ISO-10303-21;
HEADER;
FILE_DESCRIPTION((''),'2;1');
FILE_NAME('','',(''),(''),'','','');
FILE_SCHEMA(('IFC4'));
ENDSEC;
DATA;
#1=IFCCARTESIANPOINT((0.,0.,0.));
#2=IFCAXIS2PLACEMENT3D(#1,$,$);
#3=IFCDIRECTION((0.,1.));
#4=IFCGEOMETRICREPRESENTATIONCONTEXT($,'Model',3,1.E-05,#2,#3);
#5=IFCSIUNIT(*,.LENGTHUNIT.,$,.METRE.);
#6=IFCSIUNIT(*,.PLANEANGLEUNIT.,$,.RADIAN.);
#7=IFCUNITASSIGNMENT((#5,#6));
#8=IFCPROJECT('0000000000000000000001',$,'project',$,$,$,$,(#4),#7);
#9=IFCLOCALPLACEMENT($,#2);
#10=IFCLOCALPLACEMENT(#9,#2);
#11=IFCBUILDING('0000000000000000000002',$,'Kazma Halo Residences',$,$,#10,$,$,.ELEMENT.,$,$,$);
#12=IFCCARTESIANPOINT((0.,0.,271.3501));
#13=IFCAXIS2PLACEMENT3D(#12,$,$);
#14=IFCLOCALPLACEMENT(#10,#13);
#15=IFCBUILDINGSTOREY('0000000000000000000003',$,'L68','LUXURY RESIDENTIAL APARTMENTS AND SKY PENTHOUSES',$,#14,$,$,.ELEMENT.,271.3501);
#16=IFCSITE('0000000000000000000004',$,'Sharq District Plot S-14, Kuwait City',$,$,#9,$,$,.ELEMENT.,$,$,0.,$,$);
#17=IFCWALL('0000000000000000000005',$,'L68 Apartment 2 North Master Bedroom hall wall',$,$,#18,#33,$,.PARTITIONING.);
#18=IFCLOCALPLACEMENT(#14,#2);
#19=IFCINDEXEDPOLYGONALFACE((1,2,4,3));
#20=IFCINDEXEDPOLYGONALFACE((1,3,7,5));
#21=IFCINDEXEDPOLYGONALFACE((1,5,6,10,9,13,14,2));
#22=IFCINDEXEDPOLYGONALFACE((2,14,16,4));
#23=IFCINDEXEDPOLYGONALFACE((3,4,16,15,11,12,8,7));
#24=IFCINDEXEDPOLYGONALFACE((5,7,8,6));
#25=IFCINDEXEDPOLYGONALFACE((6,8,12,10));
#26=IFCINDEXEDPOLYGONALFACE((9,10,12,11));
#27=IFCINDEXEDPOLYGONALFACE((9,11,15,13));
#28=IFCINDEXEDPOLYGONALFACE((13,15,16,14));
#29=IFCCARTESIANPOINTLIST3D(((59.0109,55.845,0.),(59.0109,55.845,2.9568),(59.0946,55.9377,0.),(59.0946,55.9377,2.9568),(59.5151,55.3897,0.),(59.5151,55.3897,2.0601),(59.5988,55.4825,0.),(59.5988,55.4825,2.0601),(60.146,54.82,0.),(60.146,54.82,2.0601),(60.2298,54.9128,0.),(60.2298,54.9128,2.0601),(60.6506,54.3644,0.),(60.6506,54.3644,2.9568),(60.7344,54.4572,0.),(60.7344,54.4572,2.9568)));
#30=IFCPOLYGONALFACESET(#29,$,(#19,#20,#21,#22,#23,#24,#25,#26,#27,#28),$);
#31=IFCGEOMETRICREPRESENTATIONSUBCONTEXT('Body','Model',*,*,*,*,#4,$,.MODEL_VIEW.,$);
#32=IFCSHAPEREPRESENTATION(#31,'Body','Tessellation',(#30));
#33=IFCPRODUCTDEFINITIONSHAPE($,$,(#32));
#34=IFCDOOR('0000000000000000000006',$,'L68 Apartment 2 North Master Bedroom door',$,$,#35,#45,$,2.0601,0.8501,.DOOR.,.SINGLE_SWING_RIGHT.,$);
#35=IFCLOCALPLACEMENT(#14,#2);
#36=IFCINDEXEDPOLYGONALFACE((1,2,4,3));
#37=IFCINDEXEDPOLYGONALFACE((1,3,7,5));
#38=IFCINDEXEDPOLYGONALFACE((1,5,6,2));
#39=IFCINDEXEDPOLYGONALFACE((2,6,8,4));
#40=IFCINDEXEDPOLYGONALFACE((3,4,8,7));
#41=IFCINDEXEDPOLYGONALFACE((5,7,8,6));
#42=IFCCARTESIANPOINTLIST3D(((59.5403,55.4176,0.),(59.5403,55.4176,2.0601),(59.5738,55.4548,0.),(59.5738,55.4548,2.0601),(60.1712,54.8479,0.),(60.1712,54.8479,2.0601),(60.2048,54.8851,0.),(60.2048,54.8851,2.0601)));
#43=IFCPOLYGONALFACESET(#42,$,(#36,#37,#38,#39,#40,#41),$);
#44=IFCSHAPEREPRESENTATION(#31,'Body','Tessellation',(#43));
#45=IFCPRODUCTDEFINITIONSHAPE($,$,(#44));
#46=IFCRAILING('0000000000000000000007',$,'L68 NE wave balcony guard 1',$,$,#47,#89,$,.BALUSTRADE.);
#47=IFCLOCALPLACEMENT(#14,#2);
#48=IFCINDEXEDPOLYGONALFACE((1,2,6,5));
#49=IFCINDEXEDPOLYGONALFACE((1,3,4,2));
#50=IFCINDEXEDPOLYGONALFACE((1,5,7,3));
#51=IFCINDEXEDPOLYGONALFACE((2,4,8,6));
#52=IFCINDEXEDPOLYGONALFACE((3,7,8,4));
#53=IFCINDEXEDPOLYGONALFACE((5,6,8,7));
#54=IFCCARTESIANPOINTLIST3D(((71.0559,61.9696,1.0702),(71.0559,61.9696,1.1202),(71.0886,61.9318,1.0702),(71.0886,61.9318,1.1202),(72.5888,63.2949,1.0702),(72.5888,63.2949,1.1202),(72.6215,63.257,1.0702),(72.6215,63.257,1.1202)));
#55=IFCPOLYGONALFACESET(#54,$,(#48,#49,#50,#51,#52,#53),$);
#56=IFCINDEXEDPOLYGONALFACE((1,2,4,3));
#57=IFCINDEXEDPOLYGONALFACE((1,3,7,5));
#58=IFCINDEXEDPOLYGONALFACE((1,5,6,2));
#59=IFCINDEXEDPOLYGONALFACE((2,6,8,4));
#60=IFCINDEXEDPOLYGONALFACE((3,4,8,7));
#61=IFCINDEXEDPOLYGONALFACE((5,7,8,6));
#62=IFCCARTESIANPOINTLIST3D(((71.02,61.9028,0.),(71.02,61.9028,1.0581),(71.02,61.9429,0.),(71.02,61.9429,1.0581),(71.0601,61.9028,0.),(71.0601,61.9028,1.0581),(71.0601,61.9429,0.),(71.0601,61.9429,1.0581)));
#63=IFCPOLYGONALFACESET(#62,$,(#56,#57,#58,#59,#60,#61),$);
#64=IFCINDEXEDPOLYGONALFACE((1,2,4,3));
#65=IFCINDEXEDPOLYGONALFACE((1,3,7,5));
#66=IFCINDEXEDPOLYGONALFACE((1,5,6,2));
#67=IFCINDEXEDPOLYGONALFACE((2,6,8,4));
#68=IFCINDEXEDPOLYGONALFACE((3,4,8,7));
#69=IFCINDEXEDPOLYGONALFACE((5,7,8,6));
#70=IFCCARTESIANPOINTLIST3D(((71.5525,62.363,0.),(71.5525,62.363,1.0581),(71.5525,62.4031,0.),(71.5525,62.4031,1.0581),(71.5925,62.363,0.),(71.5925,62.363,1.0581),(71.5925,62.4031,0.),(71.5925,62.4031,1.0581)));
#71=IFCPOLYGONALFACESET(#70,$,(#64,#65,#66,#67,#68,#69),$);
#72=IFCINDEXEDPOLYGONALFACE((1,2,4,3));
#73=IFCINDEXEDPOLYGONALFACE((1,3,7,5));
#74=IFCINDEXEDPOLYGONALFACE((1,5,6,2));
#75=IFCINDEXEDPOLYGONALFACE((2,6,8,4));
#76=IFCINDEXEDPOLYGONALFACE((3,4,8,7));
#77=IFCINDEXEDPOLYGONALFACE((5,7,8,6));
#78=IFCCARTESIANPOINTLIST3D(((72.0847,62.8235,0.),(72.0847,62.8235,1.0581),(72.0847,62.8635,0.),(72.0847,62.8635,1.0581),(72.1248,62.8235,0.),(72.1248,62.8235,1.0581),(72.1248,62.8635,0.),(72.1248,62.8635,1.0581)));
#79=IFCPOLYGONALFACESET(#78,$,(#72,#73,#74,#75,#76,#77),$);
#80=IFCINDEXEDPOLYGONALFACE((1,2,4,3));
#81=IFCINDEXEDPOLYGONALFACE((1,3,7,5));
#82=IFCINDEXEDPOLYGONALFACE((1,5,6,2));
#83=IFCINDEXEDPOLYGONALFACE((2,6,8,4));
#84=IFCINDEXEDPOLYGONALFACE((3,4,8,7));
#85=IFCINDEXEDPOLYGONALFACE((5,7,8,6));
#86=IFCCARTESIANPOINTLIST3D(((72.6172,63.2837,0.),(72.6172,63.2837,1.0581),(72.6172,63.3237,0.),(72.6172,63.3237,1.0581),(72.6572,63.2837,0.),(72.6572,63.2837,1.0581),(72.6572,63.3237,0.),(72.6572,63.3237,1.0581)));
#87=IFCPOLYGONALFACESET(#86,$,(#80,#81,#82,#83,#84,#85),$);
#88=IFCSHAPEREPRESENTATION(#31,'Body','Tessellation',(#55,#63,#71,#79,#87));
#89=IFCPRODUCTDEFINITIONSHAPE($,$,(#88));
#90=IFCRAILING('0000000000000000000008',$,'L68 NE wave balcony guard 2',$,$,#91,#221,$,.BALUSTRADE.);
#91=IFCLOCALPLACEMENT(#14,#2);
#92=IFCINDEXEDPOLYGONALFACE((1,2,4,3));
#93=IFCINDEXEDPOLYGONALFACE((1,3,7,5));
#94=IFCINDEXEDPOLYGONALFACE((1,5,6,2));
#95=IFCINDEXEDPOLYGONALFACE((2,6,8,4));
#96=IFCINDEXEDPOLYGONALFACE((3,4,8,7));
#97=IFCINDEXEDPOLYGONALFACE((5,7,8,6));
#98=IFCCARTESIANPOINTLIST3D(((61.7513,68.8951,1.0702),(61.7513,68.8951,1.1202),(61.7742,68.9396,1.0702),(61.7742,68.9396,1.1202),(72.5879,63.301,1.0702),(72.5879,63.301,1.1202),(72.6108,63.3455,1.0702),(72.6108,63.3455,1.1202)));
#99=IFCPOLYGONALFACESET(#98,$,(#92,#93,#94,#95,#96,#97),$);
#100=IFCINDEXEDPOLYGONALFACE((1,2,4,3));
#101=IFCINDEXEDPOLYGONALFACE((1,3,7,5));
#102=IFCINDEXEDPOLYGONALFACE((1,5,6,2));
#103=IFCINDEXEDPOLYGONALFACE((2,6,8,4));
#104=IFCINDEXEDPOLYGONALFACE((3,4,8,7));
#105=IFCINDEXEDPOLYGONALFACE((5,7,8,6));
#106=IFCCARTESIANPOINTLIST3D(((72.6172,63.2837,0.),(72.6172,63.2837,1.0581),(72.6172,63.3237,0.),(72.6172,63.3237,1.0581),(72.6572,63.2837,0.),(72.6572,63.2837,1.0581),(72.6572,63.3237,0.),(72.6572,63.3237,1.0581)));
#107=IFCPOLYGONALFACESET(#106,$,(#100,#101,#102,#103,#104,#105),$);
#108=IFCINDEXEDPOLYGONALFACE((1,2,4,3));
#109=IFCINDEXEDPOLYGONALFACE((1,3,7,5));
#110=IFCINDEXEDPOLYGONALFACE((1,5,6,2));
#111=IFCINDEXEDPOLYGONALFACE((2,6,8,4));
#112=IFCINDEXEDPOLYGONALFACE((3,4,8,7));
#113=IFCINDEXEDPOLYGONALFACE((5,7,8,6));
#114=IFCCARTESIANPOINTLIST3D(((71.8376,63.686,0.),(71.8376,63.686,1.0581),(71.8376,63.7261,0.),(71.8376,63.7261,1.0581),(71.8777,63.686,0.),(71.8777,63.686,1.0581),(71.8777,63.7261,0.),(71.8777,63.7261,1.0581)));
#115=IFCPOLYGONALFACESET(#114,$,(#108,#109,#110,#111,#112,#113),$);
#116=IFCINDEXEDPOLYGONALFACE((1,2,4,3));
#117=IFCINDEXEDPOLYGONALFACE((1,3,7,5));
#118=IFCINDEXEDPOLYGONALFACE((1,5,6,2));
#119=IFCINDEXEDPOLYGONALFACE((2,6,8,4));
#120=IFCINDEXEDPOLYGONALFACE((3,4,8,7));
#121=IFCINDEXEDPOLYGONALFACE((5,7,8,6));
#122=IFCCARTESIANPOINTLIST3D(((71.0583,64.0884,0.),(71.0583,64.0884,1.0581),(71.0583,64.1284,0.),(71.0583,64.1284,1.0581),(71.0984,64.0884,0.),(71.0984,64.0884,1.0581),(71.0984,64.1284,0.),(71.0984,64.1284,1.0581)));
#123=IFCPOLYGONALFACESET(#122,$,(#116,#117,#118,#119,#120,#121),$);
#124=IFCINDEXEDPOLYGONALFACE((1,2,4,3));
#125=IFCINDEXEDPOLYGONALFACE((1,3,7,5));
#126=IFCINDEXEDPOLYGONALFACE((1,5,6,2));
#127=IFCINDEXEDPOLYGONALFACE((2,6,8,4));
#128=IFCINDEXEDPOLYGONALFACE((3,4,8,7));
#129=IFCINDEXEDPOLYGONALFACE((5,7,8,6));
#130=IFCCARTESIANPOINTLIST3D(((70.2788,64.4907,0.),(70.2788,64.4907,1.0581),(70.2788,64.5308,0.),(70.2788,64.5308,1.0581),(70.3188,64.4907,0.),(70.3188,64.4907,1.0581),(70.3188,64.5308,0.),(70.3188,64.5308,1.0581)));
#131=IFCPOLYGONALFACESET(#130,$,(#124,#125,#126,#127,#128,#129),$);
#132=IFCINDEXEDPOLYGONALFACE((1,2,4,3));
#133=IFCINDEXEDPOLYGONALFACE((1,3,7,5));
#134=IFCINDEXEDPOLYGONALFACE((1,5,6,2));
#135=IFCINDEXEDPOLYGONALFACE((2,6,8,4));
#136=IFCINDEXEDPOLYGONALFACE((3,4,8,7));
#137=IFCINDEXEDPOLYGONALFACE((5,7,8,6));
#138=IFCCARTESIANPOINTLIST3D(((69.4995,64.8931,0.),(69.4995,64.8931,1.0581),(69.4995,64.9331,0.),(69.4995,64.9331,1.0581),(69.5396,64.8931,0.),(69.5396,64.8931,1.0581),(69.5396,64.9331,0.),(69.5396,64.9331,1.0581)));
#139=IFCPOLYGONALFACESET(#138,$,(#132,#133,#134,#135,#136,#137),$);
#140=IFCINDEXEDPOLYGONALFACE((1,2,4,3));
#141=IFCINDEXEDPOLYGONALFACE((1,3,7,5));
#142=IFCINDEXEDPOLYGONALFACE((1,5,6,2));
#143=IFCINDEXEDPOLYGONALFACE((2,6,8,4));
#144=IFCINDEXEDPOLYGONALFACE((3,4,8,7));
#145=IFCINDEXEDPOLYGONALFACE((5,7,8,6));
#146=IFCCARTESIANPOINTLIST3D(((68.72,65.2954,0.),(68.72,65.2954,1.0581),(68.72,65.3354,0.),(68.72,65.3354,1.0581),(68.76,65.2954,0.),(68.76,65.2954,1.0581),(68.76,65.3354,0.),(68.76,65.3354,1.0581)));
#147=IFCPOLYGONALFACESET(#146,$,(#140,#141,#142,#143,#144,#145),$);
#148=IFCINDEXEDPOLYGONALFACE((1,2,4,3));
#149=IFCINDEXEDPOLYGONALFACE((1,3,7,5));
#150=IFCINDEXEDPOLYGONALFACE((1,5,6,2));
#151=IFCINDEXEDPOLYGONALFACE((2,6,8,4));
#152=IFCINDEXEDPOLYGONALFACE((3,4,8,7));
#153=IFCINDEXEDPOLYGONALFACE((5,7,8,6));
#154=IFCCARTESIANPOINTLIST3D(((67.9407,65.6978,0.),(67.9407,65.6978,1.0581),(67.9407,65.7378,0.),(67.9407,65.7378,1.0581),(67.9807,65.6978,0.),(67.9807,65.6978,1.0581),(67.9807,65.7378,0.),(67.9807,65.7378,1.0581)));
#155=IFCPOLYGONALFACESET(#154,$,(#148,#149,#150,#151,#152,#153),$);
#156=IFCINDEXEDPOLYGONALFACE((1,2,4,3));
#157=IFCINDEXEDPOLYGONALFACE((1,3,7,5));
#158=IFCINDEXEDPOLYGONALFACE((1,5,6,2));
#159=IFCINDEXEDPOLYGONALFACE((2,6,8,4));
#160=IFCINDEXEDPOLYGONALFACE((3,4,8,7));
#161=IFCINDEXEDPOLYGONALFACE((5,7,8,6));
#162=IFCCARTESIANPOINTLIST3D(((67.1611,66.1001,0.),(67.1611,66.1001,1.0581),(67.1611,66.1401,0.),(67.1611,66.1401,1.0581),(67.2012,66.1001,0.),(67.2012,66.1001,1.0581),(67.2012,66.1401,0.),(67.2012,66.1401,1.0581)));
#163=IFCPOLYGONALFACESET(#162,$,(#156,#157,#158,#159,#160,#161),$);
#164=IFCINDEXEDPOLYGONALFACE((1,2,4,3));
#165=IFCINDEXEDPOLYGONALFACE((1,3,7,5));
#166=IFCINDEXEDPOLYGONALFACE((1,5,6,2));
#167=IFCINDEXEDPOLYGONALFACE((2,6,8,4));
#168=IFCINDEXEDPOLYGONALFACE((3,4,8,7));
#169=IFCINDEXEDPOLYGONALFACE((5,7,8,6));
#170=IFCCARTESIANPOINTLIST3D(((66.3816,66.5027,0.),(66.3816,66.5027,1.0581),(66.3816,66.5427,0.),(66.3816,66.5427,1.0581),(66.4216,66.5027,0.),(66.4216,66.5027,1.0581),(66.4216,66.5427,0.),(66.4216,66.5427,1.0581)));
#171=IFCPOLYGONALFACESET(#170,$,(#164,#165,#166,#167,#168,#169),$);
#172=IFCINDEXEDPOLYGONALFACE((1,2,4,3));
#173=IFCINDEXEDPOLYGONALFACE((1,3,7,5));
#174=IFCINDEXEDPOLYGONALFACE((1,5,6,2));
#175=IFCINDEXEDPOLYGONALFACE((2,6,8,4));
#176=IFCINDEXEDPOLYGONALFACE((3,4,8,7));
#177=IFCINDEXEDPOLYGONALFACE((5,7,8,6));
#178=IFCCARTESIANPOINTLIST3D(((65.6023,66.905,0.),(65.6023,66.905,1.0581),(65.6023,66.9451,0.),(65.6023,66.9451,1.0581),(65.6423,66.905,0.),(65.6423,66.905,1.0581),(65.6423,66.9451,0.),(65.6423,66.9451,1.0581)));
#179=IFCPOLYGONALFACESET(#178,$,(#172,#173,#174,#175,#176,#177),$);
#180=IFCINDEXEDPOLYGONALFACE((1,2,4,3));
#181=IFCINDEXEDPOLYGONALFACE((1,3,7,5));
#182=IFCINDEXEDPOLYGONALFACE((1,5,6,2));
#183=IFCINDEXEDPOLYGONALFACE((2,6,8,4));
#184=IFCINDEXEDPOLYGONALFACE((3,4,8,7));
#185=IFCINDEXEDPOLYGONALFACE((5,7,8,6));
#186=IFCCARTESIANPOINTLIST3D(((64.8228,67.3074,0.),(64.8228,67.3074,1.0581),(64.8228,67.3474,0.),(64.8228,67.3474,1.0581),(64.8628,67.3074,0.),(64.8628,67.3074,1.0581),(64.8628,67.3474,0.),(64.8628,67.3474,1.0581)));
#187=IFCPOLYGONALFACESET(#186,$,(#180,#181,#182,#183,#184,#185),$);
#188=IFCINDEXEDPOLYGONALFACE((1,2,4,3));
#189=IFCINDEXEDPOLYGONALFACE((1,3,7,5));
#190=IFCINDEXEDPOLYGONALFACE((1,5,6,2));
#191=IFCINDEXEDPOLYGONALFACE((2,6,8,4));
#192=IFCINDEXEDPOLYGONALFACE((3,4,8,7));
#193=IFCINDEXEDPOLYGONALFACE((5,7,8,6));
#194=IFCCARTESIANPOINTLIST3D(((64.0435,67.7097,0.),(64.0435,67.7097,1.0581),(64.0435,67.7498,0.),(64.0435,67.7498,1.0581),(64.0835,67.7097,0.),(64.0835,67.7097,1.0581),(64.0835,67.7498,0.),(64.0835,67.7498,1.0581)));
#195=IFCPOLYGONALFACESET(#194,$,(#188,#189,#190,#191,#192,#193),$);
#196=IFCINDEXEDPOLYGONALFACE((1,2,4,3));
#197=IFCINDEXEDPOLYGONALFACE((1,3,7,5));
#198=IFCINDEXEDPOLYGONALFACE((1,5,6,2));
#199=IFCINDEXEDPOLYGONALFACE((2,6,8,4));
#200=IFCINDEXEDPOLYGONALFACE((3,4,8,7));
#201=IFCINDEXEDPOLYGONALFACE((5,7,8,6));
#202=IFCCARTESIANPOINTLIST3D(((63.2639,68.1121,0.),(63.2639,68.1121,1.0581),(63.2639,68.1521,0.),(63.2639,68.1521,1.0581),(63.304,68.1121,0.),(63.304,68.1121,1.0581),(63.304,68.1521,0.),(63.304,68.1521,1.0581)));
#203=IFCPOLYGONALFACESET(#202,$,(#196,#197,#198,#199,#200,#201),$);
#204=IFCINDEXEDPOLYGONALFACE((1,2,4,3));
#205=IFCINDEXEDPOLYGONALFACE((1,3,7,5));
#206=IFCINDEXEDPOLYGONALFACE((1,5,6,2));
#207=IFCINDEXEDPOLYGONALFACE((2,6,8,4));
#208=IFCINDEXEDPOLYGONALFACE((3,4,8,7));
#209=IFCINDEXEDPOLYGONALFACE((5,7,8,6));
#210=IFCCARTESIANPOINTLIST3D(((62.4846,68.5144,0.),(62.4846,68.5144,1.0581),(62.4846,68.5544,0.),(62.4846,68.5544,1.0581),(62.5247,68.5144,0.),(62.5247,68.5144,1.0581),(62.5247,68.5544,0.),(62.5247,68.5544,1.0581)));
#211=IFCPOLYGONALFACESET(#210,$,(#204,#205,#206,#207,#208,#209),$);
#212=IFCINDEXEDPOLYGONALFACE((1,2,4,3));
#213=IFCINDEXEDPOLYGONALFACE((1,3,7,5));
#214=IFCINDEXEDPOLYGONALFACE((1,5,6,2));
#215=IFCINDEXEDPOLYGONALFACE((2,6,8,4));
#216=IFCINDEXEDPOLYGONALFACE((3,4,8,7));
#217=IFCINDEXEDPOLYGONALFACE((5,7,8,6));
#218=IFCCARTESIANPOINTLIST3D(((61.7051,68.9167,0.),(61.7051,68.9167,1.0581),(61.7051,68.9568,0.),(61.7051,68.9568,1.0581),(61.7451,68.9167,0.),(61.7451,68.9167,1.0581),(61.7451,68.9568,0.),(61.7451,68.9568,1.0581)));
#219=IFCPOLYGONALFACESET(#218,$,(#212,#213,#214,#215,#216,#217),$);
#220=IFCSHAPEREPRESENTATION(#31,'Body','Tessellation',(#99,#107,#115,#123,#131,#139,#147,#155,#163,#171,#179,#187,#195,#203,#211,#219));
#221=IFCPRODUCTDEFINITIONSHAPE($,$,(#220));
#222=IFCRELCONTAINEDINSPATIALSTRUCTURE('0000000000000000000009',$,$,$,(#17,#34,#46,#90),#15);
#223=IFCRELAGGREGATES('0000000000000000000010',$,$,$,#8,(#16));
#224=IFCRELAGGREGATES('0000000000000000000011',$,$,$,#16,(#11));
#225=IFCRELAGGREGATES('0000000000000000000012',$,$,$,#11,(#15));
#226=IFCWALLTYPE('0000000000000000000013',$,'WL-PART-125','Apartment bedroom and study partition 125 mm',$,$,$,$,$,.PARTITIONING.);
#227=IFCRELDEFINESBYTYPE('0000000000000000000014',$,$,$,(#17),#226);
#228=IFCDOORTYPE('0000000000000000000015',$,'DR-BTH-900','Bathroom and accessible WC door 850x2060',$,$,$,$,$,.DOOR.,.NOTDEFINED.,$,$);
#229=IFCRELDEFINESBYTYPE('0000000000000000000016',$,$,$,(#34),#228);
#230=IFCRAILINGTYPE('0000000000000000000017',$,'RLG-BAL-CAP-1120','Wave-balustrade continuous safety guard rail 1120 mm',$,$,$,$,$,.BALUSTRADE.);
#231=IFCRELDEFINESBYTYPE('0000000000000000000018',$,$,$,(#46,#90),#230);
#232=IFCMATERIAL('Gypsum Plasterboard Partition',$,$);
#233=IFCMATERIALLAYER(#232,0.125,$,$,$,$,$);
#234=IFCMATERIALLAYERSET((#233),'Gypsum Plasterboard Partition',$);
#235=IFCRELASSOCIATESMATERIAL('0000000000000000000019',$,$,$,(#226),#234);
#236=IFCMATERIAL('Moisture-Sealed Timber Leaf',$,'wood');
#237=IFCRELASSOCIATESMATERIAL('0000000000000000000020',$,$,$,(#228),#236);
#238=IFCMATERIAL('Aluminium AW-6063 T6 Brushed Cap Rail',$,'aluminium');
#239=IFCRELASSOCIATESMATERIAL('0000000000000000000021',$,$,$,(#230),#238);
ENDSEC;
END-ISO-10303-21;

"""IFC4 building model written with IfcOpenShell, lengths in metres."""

from ifc_helpers import new_model, si_unit, direction, frame, frame_2d, origin, origin_2d, place, context, subcontext, project, spatial, rectangle, extrude, material, layer, layer_set, type_object, element, fill, save


model = new_model("IFC4")

# Units and contexts
model_context = context("Model", 3, precision=1e-05, world=origin(), true_north=direction((0.0, 1.0)))
body_context = subcontext(model_context, "Body", "Model", "MODEL_VIEW")
ifc_project = project(units=[si_unit("LENGTHUNIT", "METRE"), si_unit("PLANEANGLEUNIT", "RADIAN")], contexts=[model_context])

# Site, building, storey
site_placement = place(None, origin())
site = spatial("IfcSite", under=ifc_project, at=site_placement, Name="Sharq District Plot S-14, Kuwait City", CompositionType="ELEMENT", RefElevation=0.0)
building_placement = place(site_placement, origin())
building = spatial("IfcBuilding", under=site, at=building_placement, Name="Kazma Halo Residences", CompositionType="ELEMENT")
storey_placement = place(building_placement, frame((0.0, 0.0, 271.3501)))
storey = spatial("IfcBuildingStorey", under=building, at=storey_placement, Name="L68", Description="LUXURY RESIDENTIAL APARTMENTS AND SKY PENTHOUSES", CompositionType="ELEMENT", Elevation=271.3501)

# Shared definitions
ifc_material_1 = material(Name="Gypsum Plasterboard Partition")
ifc_layer_1 = layer(ifc_material_1, 0.125)
ifc_layer_set_1 = layer_set([ifc_layer_1], Name="Gypsum Plasterboard Partition")
wall_type_1 = type_object("IfcWallType", Name="WL-PART-125", Description="Apartment bedroom and study partition 125 mm", PredefinedType="PARTITIONING", material=ifc_layer_set_1)

# Wall, opening, door
wall_1_placement = place(storey_placement, frame((60.6924, 54.4109, 0.0), z_axis=(0.0, 0.0, 1.0), x_axis=(-0.742216, 0.670161, 0.0)))
wall_1 = element("IfcWall", 1, at=wall_1_placement, inside=storey, type_object=wall_type_1, Name="L68 Apartment 2 North Master Bedroom hall wall", PredefinedType="PARTITIONING", context=body_context, shape_type="SweptSolid", body=[
    extrude(rectangle(XDim=2.2092, YDim=0.125, at=frame_2d((1.1045, 0.0))), origin(), (0.0, 0.0, 1.0), 2.9568),
])
opening_1_placement = place(wall_1_placement, frame((0.6797, 0.0, 0.0)))
opening_1 = element("IfcOpeningElement", 2, at=opening_1_placement, cuts=wall_1, PredefinedType="OPENING", context=body_context, shape_type="SweptSolid", body=[
    extrude(rectangle(XDim=0.8501, YDim=2.0601, at=frame_2d((0.425, 1.03))), frame((0.0, 0.0725, 0.0), z_axis=(0.0, -1.0, 0.0), x_axis=(1.0, 0.0, 0.0)), (0.0, 0.0, 1.0), 0.145),
])
ifc_material_2 = material(Name="Moisture-Sealed Timber Leaf", Category="wood")
door_type_1 = type_object("IfcDoorType", Name="DR-BTH-900", Description="Bathroom and accessible WC door 850x2060", OperationType="NOTDEFINED", PredefinedType="DOOR", material=ifc_material_2)
door_1_placement = place(opening_1_placement, origin())
door_1 = element("IfcDoor", 3, at=door_1_placement, inside=storey, type_object=door_type_1, Name="L68 Apartment 2 North Master Bedroom door", OperationType="SINGLE_SWING_RIGHT", OverallHeight=2.0601, OverallWidth=0.8501, PredefinedType="DOOR", context=body_context, shape_type="SweptSolid", body=[
    extrude(rectangle(XDim=0.8501, YDim=2.0601, at=frame_2d((0.425, 1.03))), frame((0.0, 0.0249, 0.0), z_axis=(0.0, -1.0, 0.0), x_axis=(1.0, 0.0, 0.0)), (0.0, 0.0, 1.0), 0.05),
])
fill(opening_1, door_1)

# Railings
ifc_material_3 = material(Name="Aluminium AW-6063 T6 Brushed Cap Rail", Category="aluminium")
railing_type = type_object("IfcRailingType", Name="RLG-BAL-CAP-1120", Description="Wave-balustrade continuous safety guard rail 1120 mm", PredefinedType="BALUSTRADE", material=ifc_material_3)
railing_1_placement = place(storey_placement, frame((71.04, 61.9229, 0.0)))
element("IfcRailing", 4, at=railing_1_placement, inside=storey, type_object=railing_type, Name="L68 NE wave balcony guard 1", PredefinedType="BALUSTRADE", context=body_context, shape_type="SweptSolid", body=[
    extrude(rectangle(XDim=0.05, YDim=0.05, at=origin_2d()), frame((0.0322, 0.0278, 1.0952), z_axis=(0.756474, 0.654023, 0.0), x_axis=(-0.654023, 0.756474, 0.0)), (0.0, 0.0, 1.0), 2.0264),
    extrude(rectangle(XDim=0.04, YDim=0.04, at=origin_2d()), origin(), (0.0, 0.0, 1.0), 1.0581),
    extrude(rectangle(XDim=0.04, YDim=0.04, at=origin_2d()), frame((0.5325, 0.4602, 0.0)), (0.0, 0.0, 1.0), 1.0581),
    extrude(rectangle(XDim=0.04, YDim=0.04, at=origin_2d()), frame((1.0647, 0.9207, 0.0)), (0.0, 0.0, 1.0), 1.0581),
    extrude(rectangle(XDim=0.04, YDim=0.04, at=origin_2d()), frame((1.5972, 1.3809, 0.0)), (0.0, 0.0, 1.0), 1.0581),
])
railing_2_placement = place(storey_placement, frame((72.6372, 63.3037, 0.0)))
element("IfcRailing", 5, at=railing_2_placement, inside=storey, type_object=railing_type, Name="L68 NE wave balcony guard 2", PredefinedType="BALUSTRADE", context=body_context, shape_type="SweptSolid", body=[
    extrude(rectangle(XDim=0.05, YDim=0.05, at=origin_2d()), frame((-0.0378, 0.0195, 1.0952), z_axis=(-0.888587, 0.458707, 0.0), x_axis=(-0.458707, -0.888587, 0.0)), (0.0, 0.0, 1.0), 12.1953),
    extrude(rectangle(XDim=0.04, YDim=0.04, at=origin_2d()), origin(), (0.0, 0.0, 1.0), 1.0581),
    extrude(rectangle(XDim=0.04, YDim=0.04, at=origin_2d()), frame((-0.7795, 0.4023, 0.0)), (0.0, 0.0, 1.0), 1.0581),
    extrude(rectangle(XDim=0.04, YDim=0.04, at=origin_2d()), frame((-1.5588, 0.8047, 0.0)), (0.0, 0.0, 1.0), 1.0581),
    extrude(rectangle(XDim=0.04, YDim=0.04, at=origin_2d()), frame((-2.3384, 1.207, 0.0)), (0.0, 0.0, 1.0), 1.0581),
    extrude(rectangle(XDim=0.04, YDim=0.04, at=origin_2d()), frame((-3.1177, 1.6094, 0.0)), (0.0, 0.0, 1.0), 1.0581),
    extrude(rectangle(XDim=0.04, YDim=0.04, at=origin_2d()), frame((-3.8972, 2.0117, 0.0)), (0.0, 0.0, 1.0), 1.0581),
    extrude(rectangle(XDim=0.04, YDim=0.04, at=origin_2d()), frame((-4.6765, 2.4141, 0.0)), (0.0, 0.0, 1.0), 1.0581),
    extrude(rectangle(XDim=0.04, YDim=0.04, at=origin_2d()), frame((-5.4561, 2.8164, 0.0)), (0.0, 0.0, 1.0), 1.0581),
    extrude(rectangle(XDim=0.04, YDim=0.04, at=origin_2d()), frame((-6.2356, 3.219, 0.0)), (0.0, 0.0, 1.0), 1.0581),
    extrude(rectangle(XDim=0.04, YDim=0.04, at=origin_2d()), frame((-7.0149, 3.6213, 0.0)), (0.0, 0.0, 1.0), 1.0581),
    extrude(rectangle(XDim=0.04, YDim=0.04, at=origin_2d()), frame((-7.7944, 4.0237, 0.0)), (0.0, 0.0, 1.0), 1.0581),
    extrude(rectangle(XDim=0.04, YDim=0.04, at=origin_2d()), frame((-8.5737, 4.426, 0.0)), (0.0, 0.0, 1.0), 1.0581),
    extrude(rectangle(XDim=0.04, YDim=0.04, at=origin_2d()), frame((-9.3533, 4.8284, 0.0)), (0.0, 0.0, 1.0), 1.0581),
    extrude(rectangle(XDim=0.04, YDim=0.04, at=origin_2d()), frame((-10.1326, 5.2307, 0.0)), (0.0, 0.0, 1.0), 1.0581),
    extrude(rectangle(XDim=0.04, YDim=0.04, at=origin_2d()), frame((-10.9121, 5.6331, 0.0)), (0.0, 0.0, 1.0), 1.0581),
])

save(model, "model.ifc")
